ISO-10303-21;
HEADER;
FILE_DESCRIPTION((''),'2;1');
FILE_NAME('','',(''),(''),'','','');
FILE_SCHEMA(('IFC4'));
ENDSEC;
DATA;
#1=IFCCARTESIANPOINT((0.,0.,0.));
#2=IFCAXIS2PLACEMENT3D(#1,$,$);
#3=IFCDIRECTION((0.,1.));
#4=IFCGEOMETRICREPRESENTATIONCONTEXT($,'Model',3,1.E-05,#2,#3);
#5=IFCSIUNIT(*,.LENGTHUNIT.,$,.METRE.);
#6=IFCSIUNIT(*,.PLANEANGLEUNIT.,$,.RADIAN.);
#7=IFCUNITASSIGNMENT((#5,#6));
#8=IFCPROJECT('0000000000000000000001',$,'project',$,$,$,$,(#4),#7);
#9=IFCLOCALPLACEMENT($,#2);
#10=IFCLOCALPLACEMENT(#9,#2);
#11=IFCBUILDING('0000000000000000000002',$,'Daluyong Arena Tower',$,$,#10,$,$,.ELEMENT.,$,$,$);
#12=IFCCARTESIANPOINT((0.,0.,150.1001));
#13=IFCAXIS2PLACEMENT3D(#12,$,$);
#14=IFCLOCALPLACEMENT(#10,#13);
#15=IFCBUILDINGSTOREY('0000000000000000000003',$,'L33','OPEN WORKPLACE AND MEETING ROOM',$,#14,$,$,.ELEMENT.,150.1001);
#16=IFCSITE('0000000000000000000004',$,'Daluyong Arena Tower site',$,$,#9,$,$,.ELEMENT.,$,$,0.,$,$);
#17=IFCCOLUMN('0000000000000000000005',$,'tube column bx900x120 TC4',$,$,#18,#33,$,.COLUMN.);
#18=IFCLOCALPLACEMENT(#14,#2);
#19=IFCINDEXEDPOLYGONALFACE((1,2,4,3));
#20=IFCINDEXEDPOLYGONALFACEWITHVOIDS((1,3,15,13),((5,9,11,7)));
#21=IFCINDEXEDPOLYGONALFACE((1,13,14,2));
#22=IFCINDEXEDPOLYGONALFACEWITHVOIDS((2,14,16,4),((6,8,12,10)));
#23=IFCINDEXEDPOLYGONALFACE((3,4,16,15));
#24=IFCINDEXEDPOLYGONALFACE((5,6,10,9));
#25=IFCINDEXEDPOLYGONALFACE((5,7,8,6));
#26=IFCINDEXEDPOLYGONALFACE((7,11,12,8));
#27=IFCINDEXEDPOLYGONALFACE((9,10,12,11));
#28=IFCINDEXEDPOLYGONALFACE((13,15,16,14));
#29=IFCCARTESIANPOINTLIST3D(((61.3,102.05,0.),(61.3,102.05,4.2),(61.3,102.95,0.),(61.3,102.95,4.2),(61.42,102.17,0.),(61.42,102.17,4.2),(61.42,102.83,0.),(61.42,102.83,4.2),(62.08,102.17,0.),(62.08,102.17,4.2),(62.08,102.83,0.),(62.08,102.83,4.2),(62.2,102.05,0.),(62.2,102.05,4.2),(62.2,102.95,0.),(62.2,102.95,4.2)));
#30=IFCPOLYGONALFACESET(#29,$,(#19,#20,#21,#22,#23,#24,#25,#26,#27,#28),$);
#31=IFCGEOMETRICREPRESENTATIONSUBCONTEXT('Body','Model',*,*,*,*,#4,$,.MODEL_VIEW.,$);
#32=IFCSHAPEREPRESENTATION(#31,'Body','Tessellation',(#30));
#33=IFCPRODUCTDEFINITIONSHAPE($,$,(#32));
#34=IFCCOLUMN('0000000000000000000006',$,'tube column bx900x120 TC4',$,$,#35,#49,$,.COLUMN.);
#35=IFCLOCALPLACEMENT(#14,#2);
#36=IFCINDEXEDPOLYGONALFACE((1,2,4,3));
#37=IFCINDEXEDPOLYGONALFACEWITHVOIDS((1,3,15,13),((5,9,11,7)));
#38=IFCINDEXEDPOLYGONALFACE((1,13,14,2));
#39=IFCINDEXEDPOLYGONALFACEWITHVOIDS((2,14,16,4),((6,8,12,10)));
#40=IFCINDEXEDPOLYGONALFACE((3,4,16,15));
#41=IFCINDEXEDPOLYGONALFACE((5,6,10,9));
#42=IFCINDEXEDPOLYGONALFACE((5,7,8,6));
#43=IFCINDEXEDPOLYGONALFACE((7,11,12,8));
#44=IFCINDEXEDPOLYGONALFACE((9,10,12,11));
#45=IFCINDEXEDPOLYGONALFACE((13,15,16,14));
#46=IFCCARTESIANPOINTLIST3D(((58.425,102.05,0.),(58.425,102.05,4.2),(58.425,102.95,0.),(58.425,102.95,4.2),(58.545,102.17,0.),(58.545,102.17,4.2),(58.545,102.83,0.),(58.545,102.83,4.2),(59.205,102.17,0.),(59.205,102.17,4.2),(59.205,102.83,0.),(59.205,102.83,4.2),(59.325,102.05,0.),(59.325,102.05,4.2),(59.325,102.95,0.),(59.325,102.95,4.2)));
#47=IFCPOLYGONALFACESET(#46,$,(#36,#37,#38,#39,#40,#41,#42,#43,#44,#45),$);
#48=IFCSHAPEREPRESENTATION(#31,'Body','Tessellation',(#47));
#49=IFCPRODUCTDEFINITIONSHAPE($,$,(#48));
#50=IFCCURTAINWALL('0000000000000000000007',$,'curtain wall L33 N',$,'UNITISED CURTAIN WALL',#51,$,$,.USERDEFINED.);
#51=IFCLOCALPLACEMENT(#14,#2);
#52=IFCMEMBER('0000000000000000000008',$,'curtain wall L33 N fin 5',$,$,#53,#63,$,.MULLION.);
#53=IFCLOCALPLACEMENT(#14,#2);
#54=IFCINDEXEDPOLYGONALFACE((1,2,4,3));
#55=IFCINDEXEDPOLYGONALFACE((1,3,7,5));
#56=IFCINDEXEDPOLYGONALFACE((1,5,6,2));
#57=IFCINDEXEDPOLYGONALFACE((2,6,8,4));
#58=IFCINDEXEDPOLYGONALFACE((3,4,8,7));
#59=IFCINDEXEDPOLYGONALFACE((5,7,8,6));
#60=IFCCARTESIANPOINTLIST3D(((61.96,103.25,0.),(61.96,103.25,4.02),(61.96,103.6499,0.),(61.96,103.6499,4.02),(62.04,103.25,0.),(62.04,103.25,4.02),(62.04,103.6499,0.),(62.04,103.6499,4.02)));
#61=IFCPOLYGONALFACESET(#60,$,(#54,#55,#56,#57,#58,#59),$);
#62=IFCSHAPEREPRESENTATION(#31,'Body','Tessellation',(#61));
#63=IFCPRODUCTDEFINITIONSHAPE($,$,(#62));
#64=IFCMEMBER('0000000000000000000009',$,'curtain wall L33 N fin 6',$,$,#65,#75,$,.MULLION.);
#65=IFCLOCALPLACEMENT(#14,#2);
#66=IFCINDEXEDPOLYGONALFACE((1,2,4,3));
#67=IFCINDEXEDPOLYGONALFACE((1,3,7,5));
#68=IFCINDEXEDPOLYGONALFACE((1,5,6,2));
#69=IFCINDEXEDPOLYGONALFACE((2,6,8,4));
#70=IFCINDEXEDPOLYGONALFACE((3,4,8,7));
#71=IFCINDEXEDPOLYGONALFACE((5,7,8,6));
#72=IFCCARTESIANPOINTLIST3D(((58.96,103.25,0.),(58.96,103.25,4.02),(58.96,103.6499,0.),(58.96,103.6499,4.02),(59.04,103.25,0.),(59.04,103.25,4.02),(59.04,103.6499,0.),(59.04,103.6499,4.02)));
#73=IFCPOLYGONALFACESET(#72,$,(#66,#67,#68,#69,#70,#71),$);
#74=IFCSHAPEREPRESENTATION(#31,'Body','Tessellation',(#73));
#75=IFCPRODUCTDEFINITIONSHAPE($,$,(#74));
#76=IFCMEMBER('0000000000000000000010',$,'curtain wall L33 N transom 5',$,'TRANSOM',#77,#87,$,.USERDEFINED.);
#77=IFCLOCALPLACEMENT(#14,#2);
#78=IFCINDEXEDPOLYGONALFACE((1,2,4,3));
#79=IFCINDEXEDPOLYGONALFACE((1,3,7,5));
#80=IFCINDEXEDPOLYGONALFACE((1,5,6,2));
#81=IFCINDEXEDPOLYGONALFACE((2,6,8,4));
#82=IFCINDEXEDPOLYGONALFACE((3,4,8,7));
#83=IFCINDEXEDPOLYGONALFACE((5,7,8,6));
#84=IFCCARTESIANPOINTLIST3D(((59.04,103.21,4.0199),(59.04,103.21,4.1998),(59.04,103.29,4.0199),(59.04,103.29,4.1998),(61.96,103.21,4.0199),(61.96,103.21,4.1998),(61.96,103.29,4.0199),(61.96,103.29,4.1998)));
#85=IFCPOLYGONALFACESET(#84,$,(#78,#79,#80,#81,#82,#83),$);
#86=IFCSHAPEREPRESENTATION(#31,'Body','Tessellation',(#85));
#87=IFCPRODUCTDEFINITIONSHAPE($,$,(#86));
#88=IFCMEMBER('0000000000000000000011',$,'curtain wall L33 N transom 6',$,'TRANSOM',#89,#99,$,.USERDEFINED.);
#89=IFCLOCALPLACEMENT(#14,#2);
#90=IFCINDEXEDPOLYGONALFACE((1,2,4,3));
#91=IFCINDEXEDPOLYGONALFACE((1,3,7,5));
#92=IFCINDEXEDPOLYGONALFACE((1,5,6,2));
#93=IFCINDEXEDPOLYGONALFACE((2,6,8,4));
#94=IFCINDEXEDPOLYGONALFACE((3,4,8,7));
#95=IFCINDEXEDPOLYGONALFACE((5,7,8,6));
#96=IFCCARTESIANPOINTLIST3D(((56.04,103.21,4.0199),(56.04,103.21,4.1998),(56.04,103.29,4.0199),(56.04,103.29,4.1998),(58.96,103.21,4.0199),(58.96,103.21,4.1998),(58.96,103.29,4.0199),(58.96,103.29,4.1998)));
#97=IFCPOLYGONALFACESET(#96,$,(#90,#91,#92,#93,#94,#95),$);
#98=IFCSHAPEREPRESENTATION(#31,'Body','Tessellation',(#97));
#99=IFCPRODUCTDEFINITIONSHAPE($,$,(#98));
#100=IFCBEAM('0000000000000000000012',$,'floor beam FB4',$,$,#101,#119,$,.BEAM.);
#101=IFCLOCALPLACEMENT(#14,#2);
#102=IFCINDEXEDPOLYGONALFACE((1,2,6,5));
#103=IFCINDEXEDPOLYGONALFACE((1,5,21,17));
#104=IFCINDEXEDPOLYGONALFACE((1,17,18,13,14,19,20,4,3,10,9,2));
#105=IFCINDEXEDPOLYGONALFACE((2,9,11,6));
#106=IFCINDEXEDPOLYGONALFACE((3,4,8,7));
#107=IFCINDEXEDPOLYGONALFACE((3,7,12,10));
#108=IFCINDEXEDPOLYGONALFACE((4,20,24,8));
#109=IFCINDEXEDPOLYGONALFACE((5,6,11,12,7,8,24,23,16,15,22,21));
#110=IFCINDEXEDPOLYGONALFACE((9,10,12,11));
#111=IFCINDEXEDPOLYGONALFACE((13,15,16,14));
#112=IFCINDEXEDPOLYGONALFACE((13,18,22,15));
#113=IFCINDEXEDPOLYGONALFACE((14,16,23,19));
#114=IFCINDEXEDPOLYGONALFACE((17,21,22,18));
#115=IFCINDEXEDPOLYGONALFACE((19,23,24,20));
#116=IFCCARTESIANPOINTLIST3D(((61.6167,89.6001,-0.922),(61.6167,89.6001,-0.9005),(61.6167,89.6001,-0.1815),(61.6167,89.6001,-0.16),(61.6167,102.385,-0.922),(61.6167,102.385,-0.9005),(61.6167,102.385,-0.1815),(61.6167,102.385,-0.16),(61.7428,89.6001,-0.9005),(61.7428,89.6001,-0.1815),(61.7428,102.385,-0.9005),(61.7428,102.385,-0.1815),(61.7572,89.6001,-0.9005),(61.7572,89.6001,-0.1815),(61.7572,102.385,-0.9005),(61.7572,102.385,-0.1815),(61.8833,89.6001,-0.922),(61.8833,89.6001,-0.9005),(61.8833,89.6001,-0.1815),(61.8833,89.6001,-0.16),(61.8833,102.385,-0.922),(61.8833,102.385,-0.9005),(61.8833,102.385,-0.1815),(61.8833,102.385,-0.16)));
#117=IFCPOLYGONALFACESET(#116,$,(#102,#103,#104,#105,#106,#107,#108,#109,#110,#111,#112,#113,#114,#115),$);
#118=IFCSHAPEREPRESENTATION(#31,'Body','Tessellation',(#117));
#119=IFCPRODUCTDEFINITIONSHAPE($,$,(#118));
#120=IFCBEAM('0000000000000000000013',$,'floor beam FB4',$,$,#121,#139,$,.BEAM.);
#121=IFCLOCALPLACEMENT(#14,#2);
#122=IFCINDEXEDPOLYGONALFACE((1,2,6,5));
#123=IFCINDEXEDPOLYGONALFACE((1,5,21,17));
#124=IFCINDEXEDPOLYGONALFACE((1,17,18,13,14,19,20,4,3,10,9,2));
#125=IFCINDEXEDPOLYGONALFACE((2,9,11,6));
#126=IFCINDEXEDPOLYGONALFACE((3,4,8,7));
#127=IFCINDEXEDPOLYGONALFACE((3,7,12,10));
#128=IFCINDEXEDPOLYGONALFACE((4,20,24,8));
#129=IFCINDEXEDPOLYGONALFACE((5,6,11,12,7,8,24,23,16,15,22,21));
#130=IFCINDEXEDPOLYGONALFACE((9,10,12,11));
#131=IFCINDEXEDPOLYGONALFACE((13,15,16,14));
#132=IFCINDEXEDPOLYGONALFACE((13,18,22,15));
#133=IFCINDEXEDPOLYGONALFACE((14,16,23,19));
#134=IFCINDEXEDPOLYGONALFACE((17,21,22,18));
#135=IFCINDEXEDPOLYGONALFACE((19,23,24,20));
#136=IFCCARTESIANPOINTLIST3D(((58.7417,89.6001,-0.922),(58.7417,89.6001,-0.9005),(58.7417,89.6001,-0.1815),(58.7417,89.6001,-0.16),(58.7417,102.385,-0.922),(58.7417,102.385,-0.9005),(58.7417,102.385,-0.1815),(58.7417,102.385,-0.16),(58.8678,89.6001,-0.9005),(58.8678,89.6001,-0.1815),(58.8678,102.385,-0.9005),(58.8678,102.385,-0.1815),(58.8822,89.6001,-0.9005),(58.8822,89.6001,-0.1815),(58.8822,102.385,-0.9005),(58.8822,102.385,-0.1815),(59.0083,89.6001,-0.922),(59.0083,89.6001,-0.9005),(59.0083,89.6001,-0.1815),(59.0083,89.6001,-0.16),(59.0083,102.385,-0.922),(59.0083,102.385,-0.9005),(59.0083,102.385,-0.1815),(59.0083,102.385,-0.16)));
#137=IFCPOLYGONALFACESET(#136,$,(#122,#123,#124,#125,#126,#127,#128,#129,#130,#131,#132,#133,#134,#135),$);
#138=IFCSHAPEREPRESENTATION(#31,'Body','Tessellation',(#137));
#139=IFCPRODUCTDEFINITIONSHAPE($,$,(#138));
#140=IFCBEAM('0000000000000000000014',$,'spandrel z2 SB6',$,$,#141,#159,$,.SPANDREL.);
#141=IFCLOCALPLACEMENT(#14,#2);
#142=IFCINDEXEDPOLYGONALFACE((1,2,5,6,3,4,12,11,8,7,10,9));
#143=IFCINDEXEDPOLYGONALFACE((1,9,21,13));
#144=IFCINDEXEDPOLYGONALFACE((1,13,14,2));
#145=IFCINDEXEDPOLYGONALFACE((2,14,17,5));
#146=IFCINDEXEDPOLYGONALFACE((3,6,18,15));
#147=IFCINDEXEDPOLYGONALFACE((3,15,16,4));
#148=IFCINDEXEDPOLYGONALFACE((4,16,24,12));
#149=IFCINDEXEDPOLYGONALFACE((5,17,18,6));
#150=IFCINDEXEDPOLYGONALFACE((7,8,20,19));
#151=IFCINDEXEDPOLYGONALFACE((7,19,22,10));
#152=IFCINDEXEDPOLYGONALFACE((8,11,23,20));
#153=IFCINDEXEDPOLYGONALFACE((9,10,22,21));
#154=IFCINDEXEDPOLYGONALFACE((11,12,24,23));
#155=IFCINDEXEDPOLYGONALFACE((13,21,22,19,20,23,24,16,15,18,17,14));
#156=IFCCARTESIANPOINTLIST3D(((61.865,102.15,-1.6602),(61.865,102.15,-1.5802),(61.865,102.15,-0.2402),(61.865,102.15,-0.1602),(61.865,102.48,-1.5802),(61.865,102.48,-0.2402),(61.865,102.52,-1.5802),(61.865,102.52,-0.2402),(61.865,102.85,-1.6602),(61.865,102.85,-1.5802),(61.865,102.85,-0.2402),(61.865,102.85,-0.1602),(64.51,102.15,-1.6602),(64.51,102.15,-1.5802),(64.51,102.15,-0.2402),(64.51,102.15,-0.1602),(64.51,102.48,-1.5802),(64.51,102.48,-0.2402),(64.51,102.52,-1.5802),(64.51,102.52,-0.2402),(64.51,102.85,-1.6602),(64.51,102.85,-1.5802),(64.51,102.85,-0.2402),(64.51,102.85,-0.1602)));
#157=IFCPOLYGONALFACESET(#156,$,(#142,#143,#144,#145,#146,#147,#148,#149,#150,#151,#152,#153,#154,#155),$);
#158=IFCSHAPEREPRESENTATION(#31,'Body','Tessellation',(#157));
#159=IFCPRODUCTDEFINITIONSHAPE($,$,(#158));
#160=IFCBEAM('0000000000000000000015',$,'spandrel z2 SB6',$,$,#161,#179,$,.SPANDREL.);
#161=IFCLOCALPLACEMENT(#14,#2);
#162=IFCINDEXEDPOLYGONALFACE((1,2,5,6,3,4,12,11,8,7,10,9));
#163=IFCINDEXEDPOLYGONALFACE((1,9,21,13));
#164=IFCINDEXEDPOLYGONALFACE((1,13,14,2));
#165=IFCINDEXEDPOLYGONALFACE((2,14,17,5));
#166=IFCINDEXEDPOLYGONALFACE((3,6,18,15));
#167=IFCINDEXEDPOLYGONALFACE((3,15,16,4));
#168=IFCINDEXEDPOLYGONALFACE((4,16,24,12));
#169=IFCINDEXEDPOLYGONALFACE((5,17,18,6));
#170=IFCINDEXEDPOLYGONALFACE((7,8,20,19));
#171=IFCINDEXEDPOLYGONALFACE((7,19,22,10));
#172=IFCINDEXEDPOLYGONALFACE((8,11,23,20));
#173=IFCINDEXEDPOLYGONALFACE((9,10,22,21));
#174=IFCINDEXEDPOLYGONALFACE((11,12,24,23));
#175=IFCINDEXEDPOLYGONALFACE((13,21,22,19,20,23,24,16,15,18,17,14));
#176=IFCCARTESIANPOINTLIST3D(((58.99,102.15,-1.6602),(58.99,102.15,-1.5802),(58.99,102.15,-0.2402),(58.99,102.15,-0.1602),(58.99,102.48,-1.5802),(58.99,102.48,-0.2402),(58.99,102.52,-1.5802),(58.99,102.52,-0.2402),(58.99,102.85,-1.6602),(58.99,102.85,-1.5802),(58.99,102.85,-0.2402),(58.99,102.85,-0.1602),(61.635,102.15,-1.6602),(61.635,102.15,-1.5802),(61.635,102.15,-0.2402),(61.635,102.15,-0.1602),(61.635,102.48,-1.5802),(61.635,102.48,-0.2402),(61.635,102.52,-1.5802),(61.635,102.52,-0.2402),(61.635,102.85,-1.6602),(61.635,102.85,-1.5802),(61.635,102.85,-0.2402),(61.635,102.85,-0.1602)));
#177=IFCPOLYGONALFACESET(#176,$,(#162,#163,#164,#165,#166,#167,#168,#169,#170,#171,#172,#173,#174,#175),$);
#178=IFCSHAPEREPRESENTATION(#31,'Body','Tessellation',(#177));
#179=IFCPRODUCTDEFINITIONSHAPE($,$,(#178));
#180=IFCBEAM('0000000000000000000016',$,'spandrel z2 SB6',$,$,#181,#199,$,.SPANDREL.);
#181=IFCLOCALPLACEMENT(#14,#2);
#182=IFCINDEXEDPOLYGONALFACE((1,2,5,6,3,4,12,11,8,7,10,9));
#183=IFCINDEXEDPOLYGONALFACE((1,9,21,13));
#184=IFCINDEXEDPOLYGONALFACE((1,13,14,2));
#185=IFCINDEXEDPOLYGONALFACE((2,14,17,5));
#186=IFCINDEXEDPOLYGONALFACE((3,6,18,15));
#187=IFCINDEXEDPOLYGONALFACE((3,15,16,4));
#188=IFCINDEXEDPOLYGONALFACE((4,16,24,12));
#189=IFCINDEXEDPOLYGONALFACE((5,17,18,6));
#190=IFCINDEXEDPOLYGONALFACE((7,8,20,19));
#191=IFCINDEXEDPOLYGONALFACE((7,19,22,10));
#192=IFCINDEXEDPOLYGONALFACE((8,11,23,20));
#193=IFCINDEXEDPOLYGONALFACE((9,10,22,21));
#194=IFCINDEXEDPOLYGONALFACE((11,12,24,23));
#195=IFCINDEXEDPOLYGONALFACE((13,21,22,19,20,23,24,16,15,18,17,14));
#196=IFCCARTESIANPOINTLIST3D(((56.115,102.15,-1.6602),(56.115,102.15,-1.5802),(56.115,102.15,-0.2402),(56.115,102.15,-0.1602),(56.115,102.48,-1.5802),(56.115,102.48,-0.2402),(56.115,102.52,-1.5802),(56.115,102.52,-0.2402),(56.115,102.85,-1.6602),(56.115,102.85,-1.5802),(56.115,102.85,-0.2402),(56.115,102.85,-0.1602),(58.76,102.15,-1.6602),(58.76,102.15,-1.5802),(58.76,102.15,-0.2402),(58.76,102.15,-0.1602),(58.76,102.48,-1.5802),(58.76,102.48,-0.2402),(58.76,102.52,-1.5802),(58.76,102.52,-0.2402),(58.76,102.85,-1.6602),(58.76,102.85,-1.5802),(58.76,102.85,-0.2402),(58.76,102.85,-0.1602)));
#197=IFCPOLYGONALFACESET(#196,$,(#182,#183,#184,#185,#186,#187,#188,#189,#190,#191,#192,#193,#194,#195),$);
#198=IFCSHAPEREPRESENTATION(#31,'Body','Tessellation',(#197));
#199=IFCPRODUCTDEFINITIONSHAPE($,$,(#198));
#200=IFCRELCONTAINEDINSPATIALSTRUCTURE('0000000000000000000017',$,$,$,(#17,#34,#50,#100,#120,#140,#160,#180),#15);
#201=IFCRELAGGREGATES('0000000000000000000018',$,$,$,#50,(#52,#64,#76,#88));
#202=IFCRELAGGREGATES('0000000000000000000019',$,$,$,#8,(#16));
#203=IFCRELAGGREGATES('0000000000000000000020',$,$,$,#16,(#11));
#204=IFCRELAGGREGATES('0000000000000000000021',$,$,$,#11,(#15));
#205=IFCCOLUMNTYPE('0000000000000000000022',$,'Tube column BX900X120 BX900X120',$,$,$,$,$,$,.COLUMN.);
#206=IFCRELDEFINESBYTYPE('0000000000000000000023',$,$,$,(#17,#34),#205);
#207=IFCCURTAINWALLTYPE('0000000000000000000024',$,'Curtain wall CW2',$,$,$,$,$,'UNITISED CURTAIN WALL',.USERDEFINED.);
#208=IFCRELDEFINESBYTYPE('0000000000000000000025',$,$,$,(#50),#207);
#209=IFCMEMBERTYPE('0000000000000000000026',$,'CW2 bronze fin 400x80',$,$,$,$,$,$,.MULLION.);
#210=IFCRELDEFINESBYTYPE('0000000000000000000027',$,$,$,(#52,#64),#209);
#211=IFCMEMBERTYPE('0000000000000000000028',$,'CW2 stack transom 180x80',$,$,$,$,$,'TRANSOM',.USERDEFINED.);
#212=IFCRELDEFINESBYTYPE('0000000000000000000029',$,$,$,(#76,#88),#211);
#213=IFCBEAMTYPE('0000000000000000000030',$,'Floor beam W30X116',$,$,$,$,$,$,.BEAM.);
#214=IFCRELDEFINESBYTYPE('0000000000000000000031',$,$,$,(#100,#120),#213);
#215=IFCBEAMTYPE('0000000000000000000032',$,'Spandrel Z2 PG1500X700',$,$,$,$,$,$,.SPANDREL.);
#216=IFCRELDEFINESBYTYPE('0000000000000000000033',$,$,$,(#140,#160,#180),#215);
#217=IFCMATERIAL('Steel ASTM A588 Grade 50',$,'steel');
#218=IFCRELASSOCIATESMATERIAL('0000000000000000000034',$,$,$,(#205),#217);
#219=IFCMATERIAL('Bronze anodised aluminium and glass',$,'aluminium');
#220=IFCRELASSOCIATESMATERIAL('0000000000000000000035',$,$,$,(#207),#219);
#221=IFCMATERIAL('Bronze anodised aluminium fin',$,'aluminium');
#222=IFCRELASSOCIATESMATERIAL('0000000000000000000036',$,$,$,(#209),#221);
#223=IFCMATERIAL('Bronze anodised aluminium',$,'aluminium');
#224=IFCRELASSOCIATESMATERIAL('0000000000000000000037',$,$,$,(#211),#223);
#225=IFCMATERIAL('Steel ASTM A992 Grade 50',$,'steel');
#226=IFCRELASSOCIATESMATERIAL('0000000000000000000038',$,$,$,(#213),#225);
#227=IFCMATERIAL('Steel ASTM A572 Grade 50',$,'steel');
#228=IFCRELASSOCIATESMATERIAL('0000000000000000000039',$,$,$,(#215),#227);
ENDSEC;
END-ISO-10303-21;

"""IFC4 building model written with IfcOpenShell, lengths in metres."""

from ifc_helpers import new_model, si_unit, direction, frame, origin, origin_2d, place, context, subcontext, project, spatial, rectangle, hollow_rectangle, i_section, extrude, material, material_profile, profile_set, type_object, element, aggregate, save


model = new_model("IFC4")

# Units and contexts
model_context = context("Model", 3, precision=1e-05, world=origin(), true_north=direction((0.0, 1.0)))
body_context = subcontext(model_context, "Body", "Model", "MODEL_VIEW")
ifc_project = project(units=[si_unit("LENGTHUNIT", "METRE"), si_unit("PLANEANGLEUNIT", "RADIAN")], contexts=[model_context])

# Site, building, storey
site_placement = place(None, origin())
site = spatial("IfcSite", under=ifc_project, at=site_placement, Name="Daluyong Arena Tower site", CompositionType="ELEMENT", RefElevation=0.0)
building_placement = place(site_placement, origin())
building = spatial("IfcBuilding", under=site, at=building_placement, Name="Daluyong Arena Tower", CompositionType="ELEMENT")
storey_placement = place(building_placement, frame((0.0, 0.0, 150.1001)))
storey = spatial("IfcBuildingStorey", under=building, at=storey_placement, Name="L33", Description="OPEN WORKPLACE AND MEETING ROOM", CompositionType="ELEMENT", Elevation=150.1001)

# Columns
ifc_material_1 = material(Name="Steel ASTM A588 Grade 50", Category="steel")
ifc_material_profile_1 = material_profile(ifc_material_1, hollow_rectangle(XDim=0.8999, YDim=0.8999, WallThickness=0.12, at=origin_2d()))
ifc_profile_set_1 = profile_set([ifc_material_profile_1], Name="Steel ASTM A588 Grade 50")
column_type = type_object("IfcColumnType", Name="Tube column BX900X120 BX900X120", PredefinedType="COLUMN", material=ifc_profile_set_1)
for number, where, z_axis, x_axis, name in (
    (1, (61.75, 102.5, 0.0), (0.0, 0.0, 1.0), (1.0, 0.0, 0.0), "tube column bx900x120 TC4"),
    (2, (58.875, 102.5, 0.0), (0.0, 0.0, 1.0), (1.0, 0.0, 0.0), "tube column bx900x120 TC4"),
):
    element("IfcColumn", number, at=place(storey_placement, frame(where, z_axis=z_axis, x_axis=x_axis)), inside=storey, type_object=column_type, Name=name, PredefinedType="COLUMN", context=body_context, shape_type="SweptSolid", body=[
        extrude(hollow_rectangle(XDim=0.8999, YDim=0.8999, WallThickness=0.12, at=origin_2d()), origin(), (0.0, 0.0, 1.0), 4.2),
    ])

# Curtain wall, members
ifc_material_2 = material(Name="Bronze anodised aluminium and glass", Category="aluminium")
curtain_wall_type = type_object("IfcCurtainWallType", Name="Curtain wall CW2", ElementType="UNITISED CURTAIN WALL", PredefinedType="USERDEFINED", material=ifc_material_2)
curtain_wall_placement = place(storey_placement, origin())
curtain_wall = element("IfcCurtainWall", 3, at=curtain_wall_placement, inside=storey, type_object=curtain_wall_type, Name="curtain wall L33 N", ObjectType="UNITISED CURTAIN WALL", PredefinedType="USERDEFINED")
ifc_material_3 = material(Name="Bronze anodised aluminium fin", Category="aluminium")
ifc_material_profile_2 = material_profile(ifc_material_3, rectangle(XDim=0.3999, YDim=0.0801, at=origin_2d()))
ifc_profile_set_2 = profile_set([ifc_material_profile_2], Name="Bronze anodised aluminium fin")
member_type_1 = type_object("IfcMemberType", Name="CW2 bronze fin 400x80", PredefinedType="MULLION", material=ifc_profile_set_2)
member_1_placement = place(storey_placement, frame((62.0, 103.45, 0.0), z_axis=(0.0, 0.0, 1.0), x_axis=(0.0, -1.0, 0.0)))
member_1 = element("IfcMember", 4, at=member_1_placement, type_object=member_type_1, Name="curtain wall L33 N fin 5", PredefinedType="MULLION", context=body_context, shape_type="SweptSolid", body=[
    extrude(rectangle(XDim=0.3999, YDim=0.0801, at=origin_2d()), origin(), (0.0, 0.0, 1.0), 4.02),
])
member_2_placement = place(storey_placement, frame((59.0, 103.45, 0.0), z_axis=(0.0, 0.0, 1.0), x_axis=(0.0, -1.0, 0.0)))
member_2 = element("IfcMember", 5, at=member_2_placement, type_object=member_type_1, Name="curtain wall L33 N fin 6", PredefinedType="MULLION", context=body_context, shape_type="SweptSolid", body=[
    extrude(rectangle(XDim=0.3999, YDim=0.0801, at=origin_2d()), origin(), (0.0, 0.0, 1.0), 4.02),
])
ifc_material_4 = material(Name="Bronze anodised aluminium", Category="aluminium")
ifc_material_profile_3 = material_profile(ifc_material_4, rectangle(XDim=0.0801, YDim=0.1799, at=origin_2d()))
ifc_profile_set_3 = profile_set([ifc_material_profile_3], Name="Bronze anodised aluminium")
member_type_2 = type_object("IfcMemberType", Name="CW2 stack transom 180x80", ElementType="TRANSOM", PredefinedType="USERDEFINED", material=ifc_profile_set_3)
member_3_placement = place(storey_placement, frame((61.96, 103.25, 4.1099), z_axis=(-1.0, 0.0, 0.0), x_axis=(0.0, -1.0, 0.0)))
member_3 = element("IfcMember", 6, at=member_3_placement, type_object=member_type_2, Name="curtain wall L33 N transom 5", ObjectType="TRANSOM", PredefinedType="USERDEFINED", context=body_context, shape_type="SweptSolid", body=[
    extrude(rectangle(XDim=0.0801, YDim=0.1799, at=origin_2d()), origin(), (0.0, 0.0, 1.0), 2.9199),
])
member_4_placement = place(storey_placement, frame((58.96, 103.25, 4.1099), z_axis=(-1.0, 0.0, 0.0), x_axis=(0.0, -1.0, 0.0)))
member_4 = element("IfcMember", 7, at=member_4_placement, type_object=member_type_2, Name="curtain wall L33 N transom 6", ObjectType="TRANSOM", PredefinedType="USERDEFINED", context=body_context, shape_type="SweptSolid", body=[
    extrude(rectangle(XDim=0.0801, YDim=0.1799, at=origin_2d()), origin(), (0.0, 0.0, 1.0), 2.9199),
])

# Beams
ifc_material_5 = material(Name="Steel ASTM A992 Grade 50", Category="steel")
ifc_material_profile_4 = material_profile(ifc_material_5, i_section(OverallWidth=0.2666, OverallDepth=0.762, WebThickness=0.0144, FlangeThickness=0.0215, at=origin_2d()))
ifc_profile_set_4 = profile_set([ifc_material_profile_4], Name="Steel ASTM A992 Grade 50")
beam_type_1 = type_object("IfcBeamType", Name="Floor beam W30X116", PredefinedType="BEAM", material=ifc_profile_set_4)
for number, where, z_axis, x_axis, name in (
    (8, (61.75, 102.385, -0.541), (0.0, -1.0, 0.0), (1.0, 0.0, 0.0), "floor beam FB4"),
    (9, (58.875, 102.385, -0.541), (0.0, -1.0, 0.0), (1.0, 0.0, 0.0), "floor beam FB4"),
):
    element("IfcBeam", number, at=place(storey_placement, frame(where, z_axis=z_axis, x_axis=x_axis)), inside=storey, type_object=beam_type_1, Name=name, PredefinedType="BEAM", context=body_context, shape_type="SweptSolid", body=[
        extrude(i_section(OverallWidth=0.2666, OverallDepth=0.762, WebThickness=0.0144, FlangeThickness=0.0215, at=origin_2d()), origin(), (0.0, 0.0, 1.0), 12.7849),
    ])
ifc_material_6 = material(Name="Steel ASTM A572 Grade 50", Category="steel")
ifc_material_profile_5 = material_profile(ifc_material_6, i_section(OverallWidth=0.7, OverallDepth=1.5, WebThickness=0.04, FlangeThickness=0.08, at=origin_2d()))
ifc_profile_set_5 = profile_set([ifc_material_profile_5], Name="Steel ASTM A572 Grade 50")
beam_type_2 = type_object("IfcBeamType", Name="Spandrel Z2 PG1500X700", PredefinedType="SPANDREL", material=ifc_profile_set_5)
for number, where, z_axis, x_axis, name in (
    (10, (64.51, 102.5, -0.9102), (-1.0, 0.0, 0.0), (0.0, -1.0, 0.0), "spandrel z2 SB6"),
    (11, (61.635, 102.5, -0.9102), (-1.0, 0.0, 0.0), (0.0, -1.0, 0.0), "spandrel z2 SB6"),
    (12, (58.76, 102.5, -0.9102), (-1.0, 0.0, 0.0), (0.0, -1.0, 0.0), "spandrel z2 SB6"),
):
    element("IfcBeam", number, at=place(storey_placement, frame(where, z_axis=z_axis, x_axis=x_axis)), inside=storey, type_object=beam_type_2, Name=name, PredefinedType="SPANDREL", context=body_context, shape_type="SweptSolid", body=[
        extrude(i_section(OverallWidth=0.7, OverallDepth=1.5, WebThickness=0.04, FlangeThickness=0.08, at=origin_2d()), origin(), (0.0, 0.0, 1.0), 2.645),
    ])

aggregate(curtain_wall, [member_1, member_2, member_3, member_4])

save(model, "model.ifc")
